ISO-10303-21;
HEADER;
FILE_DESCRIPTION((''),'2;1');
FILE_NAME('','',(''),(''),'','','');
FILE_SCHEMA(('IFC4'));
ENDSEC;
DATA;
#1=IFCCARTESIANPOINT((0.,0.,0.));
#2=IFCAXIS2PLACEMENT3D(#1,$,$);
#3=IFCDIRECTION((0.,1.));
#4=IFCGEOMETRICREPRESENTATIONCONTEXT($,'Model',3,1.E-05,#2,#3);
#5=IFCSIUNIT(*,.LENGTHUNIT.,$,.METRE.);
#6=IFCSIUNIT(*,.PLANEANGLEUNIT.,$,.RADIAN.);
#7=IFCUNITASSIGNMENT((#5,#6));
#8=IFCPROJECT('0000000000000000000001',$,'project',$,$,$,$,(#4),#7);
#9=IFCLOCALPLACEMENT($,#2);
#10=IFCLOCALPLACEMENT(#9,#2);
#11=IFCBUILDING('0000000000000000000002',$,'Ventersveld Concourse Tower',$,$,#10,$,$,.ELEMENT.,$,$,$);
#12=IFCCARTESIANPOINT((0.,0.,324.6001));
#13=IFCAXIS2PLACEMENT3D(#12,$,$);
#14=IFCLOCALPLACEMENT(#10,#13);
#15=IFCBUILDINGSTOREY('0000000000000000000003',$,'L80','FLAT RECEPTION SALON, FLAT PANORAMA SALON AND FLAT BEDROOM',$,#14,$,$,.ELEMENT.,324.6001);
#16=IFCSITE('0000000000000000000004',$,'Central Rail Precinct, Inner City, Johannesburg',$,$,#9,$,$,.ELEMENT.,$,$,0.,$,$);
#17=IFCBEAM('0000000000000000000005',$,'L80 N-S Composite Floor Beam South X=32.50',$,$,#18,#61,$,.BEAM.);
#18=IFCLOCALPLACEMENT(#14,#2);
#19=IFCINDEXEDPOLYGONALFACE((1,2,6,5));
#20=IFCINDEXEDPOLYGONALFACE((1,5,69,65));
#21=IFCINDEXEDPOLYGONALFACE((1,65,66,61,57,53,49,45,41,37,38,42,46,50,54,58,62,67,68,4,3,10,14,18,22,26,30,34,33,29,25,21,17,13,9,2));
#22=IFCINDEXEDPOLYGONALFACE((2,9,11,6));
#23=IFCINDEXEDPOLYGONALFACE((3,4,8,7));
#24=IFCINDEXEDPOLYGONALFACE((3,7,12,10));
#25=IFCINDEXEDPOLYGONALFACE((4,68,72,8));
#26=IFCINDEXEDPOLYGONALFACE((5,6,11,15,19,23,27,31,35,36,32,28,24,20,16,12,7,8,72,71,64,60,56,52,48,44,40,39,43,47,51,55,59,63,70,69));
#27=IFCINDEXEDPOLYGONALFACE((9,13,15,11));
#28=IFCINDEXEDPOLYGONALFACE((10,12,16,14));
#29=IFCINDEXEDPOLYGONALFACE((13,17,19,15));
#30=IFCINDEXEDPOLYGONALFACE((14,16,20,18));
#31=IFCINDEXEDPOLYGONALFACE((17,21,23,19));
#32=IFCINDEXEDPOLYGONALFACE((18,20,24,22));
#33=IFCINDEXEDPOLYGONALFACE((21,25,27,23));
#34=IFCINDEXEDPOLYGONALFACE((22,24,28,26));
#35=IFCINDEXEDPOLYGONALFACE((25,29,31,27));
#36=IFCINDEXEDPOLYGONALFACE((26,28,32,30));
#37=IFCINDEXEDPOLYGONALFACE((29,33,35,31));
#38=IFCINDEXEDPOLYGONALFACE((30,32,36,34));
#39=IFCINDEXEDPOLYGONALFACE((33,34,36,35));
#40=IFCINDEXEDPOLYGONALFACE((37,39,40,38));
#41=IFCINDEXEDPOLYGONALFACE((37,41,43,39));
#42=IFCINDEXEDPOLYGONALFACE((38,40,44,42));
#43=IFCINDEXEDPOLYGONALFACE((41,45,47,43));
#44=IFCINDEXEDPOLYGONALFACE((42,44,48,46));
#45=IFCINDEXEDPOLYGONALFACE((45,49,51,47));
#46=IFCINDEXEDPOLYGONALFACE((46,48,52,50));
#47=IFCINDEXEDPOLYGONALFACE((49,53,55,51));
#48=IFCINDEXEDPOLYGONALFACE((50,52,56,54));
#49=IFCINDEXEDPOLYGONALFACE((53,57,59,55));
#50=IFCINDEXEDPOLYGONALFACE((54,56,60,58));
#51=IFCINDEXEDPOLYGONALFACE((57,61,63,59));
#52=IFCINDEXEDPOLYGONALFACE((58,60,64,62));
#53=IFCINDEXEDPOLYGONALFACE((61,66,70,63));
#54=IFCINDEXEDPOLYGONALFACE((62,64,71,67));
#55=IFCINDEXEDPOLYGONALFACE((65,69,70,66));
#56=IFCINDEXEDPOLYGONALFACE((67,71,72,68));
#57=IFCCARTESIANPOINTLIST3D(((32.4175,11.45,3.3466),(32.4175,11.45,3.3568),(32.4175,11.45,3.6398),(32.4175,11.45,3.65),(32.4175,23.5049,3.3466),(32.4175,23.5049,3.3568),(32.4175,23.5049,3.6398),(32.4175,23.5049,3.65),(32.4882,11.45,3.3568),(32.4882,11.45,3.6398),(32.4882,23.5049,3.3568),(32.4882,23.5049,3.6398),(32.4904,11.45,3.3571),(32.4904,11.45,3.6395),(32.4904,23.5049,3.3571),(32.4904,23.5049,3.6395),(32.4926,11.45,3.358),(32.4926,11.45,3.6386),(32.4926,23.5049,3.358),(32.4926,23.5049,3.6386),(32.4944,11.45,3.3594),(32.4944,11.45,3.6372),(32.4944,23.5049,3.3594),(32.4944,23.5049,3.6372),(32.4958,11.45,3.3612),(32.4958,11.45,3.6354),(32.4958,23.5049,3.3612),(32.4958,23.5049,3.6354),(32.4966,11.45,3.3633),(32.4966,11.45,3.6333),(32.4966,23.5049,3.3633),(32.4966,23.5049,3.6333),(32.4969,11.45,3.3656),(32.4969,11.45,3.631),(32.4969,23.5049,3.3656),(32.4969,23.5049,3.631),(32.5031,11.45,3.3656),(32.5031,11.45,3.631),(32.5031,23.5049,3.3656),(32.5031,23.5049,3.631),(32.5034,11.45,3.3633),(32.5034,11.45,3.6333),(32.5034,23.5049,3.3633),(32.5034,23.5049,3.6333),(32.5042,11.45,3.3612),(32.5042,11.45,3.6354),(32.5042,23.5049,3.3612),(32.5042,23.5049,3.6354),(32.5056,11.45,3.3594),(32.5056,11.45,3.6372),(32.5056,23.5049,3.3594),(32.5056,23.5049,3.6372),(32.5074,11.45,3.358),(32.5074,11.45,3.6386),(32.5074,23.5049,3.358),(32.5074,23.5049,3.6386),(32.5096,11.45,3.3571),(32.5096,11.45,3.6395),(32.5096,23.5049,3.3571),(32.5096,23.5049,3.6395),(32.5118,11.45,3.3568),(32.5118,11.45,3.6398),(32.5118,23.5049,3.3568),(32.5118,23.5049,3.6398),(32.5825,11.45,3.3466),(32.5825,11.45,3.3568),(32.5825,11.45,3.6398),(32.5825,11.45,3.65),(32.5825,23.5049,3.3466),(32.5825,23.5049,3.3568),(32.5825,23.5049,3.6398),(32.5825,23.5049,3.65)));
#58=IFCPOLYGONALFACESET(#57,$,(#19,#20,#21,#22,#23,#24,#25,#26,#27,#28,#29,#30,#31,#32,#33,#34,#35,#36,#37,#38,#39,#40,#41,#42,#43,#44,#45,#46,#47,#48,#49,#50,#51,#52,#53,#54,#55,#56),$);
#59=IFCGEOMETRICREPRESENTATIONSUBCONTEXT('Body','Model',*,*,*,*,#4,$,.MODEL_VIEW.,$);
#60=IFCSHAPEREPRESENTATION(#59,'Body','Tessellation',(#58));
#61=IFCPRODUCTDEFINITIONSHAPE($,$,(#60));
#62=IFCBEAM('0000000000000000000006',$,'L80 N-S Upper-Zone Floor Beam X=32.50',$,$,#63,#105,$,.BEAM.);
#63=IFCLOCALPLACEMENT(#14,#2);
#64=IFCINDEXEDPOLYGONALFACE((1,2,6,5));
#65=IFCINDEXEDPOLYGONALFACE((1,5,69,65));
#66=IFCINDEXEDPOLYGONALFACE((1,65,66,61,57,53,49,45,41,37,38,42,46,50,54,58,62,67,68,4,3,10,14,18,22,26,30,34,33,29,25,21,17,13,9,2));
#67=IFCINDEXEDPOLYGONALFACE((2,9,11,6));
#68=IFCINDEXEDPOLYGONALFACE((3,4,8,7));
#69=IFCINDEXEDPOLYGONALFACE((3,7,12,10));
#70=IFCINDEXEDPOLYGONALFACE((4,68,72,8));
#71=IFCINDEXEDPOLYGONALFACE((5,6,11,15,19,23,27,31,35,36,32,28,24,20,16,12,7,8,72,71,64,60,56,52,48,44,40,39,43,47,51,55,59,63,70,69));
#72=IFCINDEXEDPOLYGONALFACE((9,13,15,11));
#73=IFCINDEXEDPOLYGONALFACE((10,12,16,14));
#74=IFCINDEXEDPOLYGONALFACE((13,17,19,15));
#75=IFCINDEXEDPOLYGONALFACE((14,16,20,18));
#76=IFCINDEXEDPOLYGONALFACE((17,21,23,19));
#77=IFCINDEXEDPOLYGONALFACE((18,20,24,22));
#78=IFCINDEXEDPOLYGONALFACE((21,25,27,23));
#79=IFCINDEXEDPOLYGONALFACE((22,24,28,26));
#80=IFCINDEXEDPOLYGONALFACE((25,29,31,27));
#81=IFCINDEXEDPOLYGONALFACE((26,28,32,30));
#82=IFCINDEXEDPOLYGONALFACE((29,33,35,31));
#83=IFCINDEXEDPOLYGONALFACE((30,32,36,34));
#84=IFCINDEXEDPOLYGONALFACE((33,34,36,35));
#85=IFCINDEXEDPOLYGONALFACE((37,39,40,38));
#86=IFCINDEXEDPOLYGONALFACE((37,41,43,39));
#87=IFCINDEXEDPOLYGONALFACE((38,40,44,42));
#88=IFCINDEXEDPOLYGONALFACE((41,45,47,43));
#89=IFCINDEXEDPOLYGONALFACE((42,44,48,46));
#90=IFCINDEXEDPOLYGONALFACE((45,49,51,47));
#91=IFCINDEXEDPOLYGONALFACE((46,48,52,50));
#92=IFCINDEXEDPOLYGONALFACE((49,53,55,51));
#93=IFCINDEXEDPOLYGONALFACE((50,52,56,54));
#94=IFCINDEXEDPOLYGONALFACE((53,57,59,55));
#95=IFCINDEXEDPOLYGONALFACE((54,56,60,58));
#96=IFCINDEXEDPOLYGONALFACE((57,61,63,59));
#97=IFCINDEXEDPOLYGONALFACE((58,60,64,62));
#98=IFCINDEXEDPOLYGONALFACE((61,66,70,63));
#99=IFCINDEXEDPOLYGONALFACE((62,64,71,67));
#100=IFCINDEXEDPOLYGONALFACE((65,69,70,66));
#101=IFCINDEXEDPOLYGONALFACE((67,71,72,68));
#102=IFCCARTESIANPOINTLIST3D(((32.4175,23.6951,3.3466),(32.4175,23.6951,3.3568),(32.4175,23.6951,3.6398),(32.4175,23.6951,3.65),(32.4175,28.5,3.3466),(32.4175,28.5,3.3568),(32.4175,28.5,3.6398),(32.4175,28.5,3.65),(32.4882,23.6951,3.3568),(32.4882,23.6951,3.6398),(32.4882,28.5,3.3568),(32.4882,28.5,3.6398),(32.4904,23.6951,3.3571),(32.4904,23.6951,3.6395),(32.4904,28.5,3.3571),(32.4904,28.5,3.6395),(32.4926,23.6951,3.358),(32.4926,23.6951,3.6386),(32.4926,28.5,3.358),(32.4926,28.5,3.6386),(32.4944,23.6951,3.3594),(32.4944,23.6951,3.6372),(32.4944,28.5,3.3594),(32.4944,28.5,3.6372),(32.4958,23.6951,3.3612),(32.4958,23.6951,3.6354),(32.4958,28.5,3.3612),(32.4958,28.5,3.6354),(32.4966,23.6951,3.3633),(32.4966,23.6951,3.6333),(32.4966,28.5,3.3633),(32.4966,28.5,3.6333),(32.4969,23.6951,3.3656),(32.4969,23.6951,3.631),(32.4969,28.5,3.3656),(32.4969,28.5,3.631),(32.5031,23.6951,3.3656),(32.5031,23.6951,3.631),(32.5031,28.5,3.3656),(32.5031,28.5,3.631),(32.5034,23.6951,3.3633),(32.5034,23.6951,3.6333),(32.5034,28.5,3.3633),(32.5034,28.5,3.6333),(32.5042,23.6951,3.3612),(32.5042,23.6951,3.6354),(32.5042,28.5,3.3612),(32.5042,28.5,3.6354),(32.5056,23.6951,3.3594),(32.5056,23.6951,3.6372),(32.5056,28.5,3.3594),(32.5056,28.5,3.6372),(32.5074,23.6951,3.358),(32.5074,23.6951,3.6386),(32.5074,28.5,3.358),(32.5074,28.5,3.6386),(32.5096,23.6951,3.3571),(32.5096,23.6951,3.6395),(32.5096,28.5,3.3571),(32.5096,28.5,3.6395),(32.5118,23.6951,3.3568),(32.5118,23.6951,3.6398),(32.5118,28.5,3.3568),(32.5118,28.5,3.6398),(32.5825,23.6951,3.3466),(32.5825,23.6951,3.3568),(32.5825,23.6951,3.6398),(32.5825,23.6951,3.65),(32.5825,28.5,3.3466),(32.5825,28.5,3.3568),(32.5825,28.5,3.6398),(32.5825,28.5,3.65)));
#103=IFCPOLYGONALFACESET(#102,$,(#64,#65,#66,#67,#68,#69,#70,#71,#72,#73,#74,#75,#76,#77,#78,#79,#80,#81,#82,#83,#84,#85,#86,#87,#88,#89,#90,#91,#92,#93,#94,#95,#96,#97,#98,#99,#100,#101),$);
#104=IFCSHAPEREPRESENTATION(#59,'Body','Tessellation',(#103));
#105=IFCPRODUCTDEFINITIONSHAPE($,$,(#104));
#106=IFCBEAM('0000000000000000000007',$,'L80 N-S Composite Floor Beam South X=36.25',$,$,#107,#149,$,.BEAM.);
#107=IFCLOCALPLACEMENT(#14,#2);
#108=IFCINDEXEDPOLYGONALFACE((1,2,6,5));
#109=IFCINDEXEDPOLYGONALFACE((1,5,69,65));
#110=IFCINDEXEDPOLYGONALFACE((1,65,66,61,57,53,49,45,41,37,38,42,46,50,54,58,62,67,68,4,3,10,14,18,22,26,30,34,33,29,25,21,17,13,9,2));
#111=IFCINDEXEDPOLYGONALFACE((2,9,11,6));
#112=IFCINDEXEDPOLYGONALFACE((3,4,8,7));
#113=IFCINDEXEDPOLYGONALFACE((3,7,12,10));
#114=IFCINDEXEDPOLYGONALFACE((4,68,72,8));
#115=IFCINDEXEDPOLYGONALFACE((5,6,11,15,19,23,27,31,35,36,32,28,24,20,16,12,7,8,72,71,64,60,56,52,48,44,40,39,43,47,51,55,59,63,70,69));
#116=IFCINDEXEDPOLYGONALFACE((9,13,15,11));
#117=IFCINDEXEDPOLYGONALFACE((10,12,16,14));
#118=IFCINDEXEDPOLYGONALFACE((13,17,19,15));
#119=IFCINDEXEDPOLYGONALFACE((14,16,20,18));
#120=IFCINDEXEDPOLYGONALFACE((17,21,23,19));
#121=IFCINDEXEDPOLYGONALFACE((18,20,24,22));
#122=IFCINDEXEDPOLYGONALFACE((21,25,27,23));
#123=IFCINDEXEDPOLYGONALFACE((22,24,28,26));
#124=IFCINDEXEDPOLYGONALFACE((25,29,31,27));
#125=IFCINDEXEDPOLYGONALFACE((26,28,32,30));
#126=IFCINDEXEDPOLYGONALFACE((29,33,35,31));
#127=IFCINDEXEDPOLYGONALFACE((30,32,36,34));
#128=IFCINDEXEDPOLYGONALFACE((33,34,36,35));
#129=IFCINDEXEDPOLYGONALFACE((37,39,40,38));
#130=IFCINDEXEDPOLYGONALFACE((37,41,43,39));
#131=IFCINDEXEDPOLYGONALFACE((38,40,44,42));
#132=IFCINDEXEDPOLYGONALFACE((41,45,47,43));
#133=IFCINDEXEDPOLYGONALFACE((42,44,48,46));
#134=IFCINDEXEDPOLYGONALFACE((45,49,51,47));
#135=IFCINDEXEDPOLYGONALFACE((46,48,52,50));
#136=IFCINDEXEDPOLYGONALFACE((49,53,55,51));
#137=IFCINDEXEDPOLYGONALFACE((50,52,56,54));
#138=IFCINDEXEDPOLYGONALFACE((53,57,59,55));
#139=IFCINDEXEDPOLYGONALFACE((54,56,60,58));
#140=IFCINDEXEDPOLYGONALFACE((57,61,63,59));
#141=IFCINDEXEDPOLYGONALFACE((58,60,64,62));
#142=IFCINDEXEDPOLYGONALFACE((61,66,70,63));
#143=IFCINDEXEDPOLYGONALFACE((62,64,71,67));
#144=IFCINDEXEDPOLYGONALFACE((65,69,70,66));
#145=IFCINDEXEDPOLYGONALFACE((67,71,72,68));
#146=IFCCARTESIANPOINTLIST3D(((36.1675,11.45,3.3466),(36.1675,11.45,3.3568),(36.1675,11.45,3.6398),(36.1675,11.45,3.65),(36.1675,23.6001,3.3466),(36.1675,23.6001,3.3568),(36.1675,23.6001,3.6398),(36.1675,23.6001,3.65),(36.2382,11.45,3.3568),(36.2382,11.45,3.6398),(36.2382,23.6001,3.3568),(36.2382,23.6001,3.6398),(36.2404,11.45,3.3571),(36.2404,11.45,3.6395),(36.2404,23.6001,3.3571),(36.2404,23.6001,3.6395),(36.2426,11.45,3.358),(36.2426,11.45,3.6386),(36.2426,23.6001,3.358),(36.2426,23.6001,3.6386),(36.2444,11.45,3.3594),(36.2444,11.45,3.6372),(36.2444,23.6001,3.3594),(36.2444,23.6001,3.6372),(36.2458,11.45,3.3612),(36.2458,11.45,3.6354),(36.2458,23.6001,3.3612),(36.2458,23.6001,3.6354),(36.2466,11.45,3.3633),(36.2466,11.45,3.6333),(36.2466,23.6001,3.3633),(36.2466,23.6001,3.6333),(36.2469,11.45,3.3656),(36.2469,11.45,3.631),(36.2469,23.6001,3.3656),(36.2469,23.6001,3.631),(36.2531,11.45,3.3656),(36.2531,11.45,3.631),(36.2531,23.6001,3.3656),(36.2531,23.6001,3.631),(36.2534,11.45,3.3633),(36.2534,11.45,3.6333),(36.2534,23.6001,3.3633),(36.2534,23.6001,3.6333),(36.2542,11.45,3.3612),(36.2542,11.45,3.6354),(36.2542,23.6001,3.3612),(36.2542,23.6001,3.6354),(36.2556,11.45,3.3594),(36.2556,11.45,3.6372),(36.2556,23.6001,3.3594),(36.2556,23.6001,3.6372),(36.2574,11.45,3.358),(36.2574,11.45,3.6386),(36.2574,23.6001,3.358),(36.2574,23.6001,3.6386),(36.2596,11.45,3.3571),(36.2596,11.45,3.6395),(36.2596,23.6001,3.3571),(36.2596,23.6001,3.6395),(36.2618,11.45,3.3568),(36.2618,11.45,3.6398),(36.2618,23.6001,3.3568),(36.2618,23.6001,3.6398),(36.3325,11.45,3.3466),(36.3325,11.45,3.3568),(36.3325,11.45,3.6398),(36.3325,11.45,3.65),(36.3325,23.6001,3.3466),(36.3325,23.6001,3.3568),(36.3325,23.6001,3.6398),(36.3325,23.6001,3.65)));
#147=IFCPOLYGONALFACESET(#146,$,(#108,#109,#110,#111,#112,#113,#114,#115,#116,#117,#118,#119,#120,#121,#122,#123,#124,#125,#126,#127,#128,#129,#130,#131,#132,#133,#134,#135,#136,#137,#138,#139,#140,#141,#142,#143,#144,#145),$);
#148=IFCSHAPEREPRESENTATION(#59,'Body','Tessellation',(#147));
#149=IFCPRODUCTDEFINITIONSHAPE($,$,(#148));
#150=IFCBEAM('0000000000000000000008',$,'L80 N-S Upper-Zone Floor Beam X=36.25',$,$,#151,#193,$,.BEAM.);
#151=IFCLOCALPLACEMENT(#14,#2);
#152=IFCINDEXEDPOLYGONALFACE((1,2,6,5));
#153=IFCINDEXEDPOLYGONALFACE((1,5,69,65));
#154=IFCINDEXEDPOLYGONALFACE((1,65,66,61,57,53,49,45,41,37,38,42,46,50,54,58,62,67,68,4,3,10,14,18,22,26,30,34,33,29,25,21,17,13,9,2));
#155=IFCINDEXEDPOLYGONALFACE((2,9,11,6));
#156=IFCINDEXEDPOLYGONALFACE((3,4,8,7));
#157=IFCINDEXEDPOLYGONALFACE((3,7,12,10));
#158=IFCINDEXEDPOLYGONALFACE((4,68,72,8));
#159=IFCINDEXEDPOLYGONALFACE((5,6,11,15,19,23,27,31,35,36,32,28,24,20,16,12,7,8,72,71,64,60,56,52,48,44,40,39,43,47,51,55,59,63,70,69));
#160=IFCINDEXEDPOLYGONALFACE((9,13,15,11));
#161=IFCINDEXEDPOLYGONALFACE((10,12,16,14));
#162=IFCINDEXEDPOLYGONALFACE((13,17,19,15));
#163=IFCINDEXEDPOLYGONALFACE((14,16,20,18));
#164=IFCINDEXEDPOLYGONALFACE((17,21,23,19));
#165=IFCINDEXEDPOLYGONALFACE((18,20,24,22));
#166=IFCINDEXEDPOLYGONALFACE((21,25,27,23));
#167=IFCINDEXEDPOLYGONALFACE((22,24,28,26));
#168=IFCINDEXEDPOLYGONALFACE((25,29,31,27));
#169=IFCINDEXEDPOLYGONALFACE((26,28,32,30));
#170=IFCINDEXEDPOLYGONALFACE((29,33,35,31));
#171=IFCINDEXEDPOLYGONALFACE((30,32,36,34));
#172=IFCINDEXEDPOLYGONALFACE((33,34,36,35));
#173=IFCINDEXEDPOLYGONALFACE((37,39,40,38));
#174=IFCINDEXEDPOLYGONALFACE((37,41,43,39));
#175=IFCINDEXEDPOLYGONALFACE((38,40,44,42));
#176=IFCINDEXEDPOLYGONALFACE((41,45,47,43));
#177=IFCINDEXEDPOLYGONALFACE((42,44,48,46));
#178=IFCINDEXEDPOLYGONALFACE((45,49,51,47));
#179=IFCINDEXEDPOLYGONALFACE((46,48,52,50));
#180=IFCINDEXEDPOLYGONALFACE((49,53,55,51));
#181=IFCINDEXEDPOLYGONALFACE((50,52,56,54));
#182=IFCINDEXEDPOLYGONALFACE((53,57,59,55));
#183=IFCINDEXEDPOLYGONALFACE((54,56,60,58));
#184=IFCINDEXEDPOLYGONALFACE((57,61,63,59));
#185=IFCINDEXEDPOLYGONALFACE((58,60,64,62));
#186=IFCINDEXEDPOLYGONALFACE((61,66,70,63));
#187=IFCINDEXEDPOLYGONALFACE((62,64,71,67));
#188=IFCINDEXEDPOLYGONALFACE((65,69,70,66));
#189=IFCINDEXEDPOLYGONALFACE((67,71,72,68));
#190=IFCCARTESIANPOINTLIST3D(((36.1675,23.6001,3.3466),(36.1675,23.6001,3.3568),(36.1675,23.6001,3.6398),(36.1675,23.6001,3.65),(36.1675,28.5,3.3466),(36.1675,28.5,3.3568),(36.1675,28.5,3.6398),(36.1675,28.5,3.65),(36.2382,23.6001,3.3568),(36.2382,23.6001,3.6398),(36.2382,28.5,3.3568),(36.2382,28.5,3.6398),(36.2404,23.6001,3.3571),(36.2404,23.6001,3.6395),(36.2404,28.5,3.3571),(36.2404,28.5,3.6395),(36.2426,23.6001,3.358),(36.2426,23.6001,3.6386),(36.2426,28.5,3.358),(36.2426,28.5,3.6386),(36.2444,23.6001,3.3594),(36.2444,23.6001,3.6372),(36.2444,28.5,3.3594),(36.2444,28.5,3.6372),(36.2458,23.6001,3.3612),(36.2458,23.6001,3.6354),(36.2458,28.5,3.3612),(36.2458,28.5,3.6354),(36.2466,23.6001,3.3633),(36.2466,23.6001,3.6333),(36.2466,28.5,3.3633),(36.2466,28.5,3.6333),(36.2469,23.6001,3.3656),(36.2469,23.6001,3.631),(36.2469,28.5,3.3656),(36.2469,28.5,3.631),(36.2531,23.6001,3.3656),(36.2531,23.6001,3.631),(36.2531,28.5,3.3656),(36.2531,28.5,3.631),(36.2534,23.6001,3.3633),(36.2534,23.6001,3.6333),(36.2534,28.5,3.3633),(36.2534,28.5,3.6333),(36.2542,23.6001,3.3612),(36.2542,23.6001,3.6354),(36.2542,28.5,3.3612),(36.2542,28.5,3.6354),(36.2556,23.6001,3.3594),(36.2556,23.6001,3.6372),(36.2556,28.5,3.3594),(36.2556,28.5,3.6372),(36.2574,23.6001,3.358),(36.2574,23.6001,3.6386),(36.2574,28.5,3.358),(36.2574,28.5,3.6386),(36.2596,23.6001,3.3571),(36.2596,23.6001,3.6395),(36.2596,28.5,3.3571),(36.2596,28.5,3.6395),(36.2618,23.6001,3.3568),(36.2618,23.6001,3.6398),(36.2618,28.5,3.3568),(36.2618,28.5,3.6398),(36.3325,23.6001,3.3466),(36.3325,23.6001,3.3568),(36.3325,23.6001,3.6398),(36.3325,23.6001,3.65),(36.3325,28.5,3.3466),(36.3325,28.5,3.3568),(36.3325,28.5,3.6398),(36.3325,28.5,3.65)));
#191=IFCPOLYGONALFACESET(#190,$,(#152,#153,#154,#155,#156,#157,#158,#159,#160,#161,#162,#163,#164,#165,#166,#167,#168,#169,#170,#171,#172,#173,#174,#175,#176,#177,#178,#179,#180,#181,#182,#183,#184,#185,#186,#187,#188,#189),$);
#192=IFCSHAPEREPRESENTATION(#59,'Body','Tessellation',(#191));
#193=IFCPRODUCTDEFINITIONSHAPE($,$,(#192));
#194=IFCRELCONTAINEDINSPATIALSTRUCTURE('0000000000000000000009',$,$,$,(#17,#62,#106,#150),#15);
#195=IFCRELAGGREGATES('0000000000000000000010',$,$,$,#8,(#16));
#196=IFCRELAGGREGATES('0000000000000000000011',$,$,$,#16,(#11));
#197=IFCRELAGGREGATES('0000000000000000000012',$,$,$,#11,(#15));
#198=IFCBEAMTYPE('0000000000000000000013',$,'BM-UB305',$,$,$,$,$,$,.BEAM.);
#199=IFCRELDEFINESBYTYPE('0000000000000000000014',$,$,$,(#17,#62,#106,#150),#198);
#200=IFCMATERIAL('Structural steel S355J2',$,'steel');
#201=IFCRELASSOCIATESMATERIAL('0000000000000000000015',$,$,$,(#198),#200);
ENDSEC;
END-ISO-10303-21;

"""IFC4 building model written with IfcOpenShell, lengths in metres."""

from ifc_helpers import new_model, si_unit, direction, frame, origin, origin_2d, place, context, subcontext, project, spatial, i_section, extrude, material, material_profile, profile_set, type_object, element, save


model = new_model("IFC4")

# Units and contexts
model_context = context("Model", 3, precision=1e-05, world=origin(), true_north=direction((0.0, 1.0)))
body_context = subcontext(model_context, "Body", "Model", "MODEL_VIEW")
ifc_project = project(units=[si_unit("LENGTHUNIT", "METRE"), si_unit("PLANEANGLEUNIT", "RADIAN")], contexts=[model_context])

# Site, building, storey
site_placement = place(None, origin())
site = spatial("IfcSite", under=ifc_project, at=site_placement, Name="Central Rail Precinct, Inner City, Johannesburg", CompositionType="ELEMENT", RefElevation=0.0)
building_placement = place(site_placement, origin())
building = spatial("IfcBuilding", under=site, at=building_placement, Name="Ventersveld Concourse Tower", CompositionType="ELEMENT")
storey_placement = place(building_placement, frame((0.0, 0.0, 324.6001)))
storey = spatial("IfcBuildingStorey", under=building, at=storey_placement, Name="L80", Description="FLAT RECEPTION SALON, FLAT PANORAMA SALON AND FLAT BEDROOM", CompositionType="ELEMENT", Elevation=324.6001)

# Shared definitions
ifc_material_1 = material(Name="Structural steel S355J2", Category="steel")

# Beams
ifc_material_profile_1 = material_profile(ifc_material_1, i_section(OverallWidth=0.165, OverallDepth=0.3035, WebThickness=0.0061, FlangeThickness=0.0103, FilletRadius=0.0088, at=origin_2d()), Name="UB 305x165x40")
ifc_profile_set_1 = profile_set([ifc_material_profile_1], Name="Structural steel S355J2")
beam_type_1 = type_object("IfcBeamType", Name="BM-UB305", PredefinedType="BEAM", material=ifc_profile_set_1)
beam_1_placement = place(storey_placement, frame((32.5, 11.45, 3.4983), z_axis=(0.0, 1.0, 0.0), x_axis=(-1.0, 0.0, 0.0)))
element("IfcBeam", 1, at=beam_1_placement, inside=storey, type_object=beam_type_1, Name="L80 N-S Composite Floor Beam South X=32.50", PredefinedType="BEAM", context=body_context, shape_type="SweptSolid", body=[
    extrude(i_section(OverallWidth=0.165, OverallDepth=0.3035, WebThickness=0.0061, FlangeThickness=0.0103, FilletRadius=0.0088, at=origin_2d()), origin(), (0.0, 0.0, 1.0), 12.0549),
])
beam_2_placement = place(storey_placement, frame((32.5, 23.6951, 3.4983), z_axis=(0.0, 1.0, 0.0), x_axis=(-1.0, 0.0, 0.0)))
element("IfcBeam", 2, at=beam_2_placement, inside=storey, type_object=beam_type_1, Name="L80 N-S Upper-Zone Floor Beam X=32.50", PredefinedType="BEAM", context=body_context, shape_type="SweptSolid", body=[
    extrude(i_section(OverallWidth=0.165, OverallDepth=0.3035, WebThickness=0.0061, FlangeThickness=0.0103, FilletRadius=0.0088, at=origin_2d()), origin(), (0.0, 0.0, 1.0), 4.8049),
])
beam_3_placement = place(storey_placement, frame((36.25, 11.45, 3.4983), z_axis=(0.0, 1.0, 0.0), x_axis=(-1.0, 0.0, 0.0)))
element("IfcBeam", 3, at=beam_3_placement, inside=storey, type_object=beam_type_1, Name="L80 N-S Composite Floor Beam South X=36.25", PredefinedType="BEAM", context=body_context, shape_type="SweptSolid", body=[
    extrude(i_section(OverallWidth=0.165, OverallDepth=0.3035, WebThickness=0.0061, FlangeThickness=0.0103, FilletRadius=0.0088, at=origin_2d()), origin(), (0.0, 0.0, 1.0), 12.1501),
])
beam_4_placement = place(storey_placement, frame((36.25, 23.6001, 3.4983), z_axis=(0.0, 1.0, 0.0), x_axis=(-1.0, 0.0, 0.0)))
element("IfcBeam", 4, at=beam_4_placement, inside=storey, type_object=beam_type_1, Name="L80 N-S Upper-Zone Floor Beam X=36.25", PredefinedType="BEAM", context=body_context, shape_type="SweptSolid", body=[
    extrude(i_section(OverallWidth=0.165, OverallDepth=0.3035, WebThickness=0.0061, FlangeThickness=0.0103, FilletRadius=0.0088, at=origin_2d()), origin(), (0.0, 0.0, 1.0), 4.8999),
])

save(model, "model.ifc")
